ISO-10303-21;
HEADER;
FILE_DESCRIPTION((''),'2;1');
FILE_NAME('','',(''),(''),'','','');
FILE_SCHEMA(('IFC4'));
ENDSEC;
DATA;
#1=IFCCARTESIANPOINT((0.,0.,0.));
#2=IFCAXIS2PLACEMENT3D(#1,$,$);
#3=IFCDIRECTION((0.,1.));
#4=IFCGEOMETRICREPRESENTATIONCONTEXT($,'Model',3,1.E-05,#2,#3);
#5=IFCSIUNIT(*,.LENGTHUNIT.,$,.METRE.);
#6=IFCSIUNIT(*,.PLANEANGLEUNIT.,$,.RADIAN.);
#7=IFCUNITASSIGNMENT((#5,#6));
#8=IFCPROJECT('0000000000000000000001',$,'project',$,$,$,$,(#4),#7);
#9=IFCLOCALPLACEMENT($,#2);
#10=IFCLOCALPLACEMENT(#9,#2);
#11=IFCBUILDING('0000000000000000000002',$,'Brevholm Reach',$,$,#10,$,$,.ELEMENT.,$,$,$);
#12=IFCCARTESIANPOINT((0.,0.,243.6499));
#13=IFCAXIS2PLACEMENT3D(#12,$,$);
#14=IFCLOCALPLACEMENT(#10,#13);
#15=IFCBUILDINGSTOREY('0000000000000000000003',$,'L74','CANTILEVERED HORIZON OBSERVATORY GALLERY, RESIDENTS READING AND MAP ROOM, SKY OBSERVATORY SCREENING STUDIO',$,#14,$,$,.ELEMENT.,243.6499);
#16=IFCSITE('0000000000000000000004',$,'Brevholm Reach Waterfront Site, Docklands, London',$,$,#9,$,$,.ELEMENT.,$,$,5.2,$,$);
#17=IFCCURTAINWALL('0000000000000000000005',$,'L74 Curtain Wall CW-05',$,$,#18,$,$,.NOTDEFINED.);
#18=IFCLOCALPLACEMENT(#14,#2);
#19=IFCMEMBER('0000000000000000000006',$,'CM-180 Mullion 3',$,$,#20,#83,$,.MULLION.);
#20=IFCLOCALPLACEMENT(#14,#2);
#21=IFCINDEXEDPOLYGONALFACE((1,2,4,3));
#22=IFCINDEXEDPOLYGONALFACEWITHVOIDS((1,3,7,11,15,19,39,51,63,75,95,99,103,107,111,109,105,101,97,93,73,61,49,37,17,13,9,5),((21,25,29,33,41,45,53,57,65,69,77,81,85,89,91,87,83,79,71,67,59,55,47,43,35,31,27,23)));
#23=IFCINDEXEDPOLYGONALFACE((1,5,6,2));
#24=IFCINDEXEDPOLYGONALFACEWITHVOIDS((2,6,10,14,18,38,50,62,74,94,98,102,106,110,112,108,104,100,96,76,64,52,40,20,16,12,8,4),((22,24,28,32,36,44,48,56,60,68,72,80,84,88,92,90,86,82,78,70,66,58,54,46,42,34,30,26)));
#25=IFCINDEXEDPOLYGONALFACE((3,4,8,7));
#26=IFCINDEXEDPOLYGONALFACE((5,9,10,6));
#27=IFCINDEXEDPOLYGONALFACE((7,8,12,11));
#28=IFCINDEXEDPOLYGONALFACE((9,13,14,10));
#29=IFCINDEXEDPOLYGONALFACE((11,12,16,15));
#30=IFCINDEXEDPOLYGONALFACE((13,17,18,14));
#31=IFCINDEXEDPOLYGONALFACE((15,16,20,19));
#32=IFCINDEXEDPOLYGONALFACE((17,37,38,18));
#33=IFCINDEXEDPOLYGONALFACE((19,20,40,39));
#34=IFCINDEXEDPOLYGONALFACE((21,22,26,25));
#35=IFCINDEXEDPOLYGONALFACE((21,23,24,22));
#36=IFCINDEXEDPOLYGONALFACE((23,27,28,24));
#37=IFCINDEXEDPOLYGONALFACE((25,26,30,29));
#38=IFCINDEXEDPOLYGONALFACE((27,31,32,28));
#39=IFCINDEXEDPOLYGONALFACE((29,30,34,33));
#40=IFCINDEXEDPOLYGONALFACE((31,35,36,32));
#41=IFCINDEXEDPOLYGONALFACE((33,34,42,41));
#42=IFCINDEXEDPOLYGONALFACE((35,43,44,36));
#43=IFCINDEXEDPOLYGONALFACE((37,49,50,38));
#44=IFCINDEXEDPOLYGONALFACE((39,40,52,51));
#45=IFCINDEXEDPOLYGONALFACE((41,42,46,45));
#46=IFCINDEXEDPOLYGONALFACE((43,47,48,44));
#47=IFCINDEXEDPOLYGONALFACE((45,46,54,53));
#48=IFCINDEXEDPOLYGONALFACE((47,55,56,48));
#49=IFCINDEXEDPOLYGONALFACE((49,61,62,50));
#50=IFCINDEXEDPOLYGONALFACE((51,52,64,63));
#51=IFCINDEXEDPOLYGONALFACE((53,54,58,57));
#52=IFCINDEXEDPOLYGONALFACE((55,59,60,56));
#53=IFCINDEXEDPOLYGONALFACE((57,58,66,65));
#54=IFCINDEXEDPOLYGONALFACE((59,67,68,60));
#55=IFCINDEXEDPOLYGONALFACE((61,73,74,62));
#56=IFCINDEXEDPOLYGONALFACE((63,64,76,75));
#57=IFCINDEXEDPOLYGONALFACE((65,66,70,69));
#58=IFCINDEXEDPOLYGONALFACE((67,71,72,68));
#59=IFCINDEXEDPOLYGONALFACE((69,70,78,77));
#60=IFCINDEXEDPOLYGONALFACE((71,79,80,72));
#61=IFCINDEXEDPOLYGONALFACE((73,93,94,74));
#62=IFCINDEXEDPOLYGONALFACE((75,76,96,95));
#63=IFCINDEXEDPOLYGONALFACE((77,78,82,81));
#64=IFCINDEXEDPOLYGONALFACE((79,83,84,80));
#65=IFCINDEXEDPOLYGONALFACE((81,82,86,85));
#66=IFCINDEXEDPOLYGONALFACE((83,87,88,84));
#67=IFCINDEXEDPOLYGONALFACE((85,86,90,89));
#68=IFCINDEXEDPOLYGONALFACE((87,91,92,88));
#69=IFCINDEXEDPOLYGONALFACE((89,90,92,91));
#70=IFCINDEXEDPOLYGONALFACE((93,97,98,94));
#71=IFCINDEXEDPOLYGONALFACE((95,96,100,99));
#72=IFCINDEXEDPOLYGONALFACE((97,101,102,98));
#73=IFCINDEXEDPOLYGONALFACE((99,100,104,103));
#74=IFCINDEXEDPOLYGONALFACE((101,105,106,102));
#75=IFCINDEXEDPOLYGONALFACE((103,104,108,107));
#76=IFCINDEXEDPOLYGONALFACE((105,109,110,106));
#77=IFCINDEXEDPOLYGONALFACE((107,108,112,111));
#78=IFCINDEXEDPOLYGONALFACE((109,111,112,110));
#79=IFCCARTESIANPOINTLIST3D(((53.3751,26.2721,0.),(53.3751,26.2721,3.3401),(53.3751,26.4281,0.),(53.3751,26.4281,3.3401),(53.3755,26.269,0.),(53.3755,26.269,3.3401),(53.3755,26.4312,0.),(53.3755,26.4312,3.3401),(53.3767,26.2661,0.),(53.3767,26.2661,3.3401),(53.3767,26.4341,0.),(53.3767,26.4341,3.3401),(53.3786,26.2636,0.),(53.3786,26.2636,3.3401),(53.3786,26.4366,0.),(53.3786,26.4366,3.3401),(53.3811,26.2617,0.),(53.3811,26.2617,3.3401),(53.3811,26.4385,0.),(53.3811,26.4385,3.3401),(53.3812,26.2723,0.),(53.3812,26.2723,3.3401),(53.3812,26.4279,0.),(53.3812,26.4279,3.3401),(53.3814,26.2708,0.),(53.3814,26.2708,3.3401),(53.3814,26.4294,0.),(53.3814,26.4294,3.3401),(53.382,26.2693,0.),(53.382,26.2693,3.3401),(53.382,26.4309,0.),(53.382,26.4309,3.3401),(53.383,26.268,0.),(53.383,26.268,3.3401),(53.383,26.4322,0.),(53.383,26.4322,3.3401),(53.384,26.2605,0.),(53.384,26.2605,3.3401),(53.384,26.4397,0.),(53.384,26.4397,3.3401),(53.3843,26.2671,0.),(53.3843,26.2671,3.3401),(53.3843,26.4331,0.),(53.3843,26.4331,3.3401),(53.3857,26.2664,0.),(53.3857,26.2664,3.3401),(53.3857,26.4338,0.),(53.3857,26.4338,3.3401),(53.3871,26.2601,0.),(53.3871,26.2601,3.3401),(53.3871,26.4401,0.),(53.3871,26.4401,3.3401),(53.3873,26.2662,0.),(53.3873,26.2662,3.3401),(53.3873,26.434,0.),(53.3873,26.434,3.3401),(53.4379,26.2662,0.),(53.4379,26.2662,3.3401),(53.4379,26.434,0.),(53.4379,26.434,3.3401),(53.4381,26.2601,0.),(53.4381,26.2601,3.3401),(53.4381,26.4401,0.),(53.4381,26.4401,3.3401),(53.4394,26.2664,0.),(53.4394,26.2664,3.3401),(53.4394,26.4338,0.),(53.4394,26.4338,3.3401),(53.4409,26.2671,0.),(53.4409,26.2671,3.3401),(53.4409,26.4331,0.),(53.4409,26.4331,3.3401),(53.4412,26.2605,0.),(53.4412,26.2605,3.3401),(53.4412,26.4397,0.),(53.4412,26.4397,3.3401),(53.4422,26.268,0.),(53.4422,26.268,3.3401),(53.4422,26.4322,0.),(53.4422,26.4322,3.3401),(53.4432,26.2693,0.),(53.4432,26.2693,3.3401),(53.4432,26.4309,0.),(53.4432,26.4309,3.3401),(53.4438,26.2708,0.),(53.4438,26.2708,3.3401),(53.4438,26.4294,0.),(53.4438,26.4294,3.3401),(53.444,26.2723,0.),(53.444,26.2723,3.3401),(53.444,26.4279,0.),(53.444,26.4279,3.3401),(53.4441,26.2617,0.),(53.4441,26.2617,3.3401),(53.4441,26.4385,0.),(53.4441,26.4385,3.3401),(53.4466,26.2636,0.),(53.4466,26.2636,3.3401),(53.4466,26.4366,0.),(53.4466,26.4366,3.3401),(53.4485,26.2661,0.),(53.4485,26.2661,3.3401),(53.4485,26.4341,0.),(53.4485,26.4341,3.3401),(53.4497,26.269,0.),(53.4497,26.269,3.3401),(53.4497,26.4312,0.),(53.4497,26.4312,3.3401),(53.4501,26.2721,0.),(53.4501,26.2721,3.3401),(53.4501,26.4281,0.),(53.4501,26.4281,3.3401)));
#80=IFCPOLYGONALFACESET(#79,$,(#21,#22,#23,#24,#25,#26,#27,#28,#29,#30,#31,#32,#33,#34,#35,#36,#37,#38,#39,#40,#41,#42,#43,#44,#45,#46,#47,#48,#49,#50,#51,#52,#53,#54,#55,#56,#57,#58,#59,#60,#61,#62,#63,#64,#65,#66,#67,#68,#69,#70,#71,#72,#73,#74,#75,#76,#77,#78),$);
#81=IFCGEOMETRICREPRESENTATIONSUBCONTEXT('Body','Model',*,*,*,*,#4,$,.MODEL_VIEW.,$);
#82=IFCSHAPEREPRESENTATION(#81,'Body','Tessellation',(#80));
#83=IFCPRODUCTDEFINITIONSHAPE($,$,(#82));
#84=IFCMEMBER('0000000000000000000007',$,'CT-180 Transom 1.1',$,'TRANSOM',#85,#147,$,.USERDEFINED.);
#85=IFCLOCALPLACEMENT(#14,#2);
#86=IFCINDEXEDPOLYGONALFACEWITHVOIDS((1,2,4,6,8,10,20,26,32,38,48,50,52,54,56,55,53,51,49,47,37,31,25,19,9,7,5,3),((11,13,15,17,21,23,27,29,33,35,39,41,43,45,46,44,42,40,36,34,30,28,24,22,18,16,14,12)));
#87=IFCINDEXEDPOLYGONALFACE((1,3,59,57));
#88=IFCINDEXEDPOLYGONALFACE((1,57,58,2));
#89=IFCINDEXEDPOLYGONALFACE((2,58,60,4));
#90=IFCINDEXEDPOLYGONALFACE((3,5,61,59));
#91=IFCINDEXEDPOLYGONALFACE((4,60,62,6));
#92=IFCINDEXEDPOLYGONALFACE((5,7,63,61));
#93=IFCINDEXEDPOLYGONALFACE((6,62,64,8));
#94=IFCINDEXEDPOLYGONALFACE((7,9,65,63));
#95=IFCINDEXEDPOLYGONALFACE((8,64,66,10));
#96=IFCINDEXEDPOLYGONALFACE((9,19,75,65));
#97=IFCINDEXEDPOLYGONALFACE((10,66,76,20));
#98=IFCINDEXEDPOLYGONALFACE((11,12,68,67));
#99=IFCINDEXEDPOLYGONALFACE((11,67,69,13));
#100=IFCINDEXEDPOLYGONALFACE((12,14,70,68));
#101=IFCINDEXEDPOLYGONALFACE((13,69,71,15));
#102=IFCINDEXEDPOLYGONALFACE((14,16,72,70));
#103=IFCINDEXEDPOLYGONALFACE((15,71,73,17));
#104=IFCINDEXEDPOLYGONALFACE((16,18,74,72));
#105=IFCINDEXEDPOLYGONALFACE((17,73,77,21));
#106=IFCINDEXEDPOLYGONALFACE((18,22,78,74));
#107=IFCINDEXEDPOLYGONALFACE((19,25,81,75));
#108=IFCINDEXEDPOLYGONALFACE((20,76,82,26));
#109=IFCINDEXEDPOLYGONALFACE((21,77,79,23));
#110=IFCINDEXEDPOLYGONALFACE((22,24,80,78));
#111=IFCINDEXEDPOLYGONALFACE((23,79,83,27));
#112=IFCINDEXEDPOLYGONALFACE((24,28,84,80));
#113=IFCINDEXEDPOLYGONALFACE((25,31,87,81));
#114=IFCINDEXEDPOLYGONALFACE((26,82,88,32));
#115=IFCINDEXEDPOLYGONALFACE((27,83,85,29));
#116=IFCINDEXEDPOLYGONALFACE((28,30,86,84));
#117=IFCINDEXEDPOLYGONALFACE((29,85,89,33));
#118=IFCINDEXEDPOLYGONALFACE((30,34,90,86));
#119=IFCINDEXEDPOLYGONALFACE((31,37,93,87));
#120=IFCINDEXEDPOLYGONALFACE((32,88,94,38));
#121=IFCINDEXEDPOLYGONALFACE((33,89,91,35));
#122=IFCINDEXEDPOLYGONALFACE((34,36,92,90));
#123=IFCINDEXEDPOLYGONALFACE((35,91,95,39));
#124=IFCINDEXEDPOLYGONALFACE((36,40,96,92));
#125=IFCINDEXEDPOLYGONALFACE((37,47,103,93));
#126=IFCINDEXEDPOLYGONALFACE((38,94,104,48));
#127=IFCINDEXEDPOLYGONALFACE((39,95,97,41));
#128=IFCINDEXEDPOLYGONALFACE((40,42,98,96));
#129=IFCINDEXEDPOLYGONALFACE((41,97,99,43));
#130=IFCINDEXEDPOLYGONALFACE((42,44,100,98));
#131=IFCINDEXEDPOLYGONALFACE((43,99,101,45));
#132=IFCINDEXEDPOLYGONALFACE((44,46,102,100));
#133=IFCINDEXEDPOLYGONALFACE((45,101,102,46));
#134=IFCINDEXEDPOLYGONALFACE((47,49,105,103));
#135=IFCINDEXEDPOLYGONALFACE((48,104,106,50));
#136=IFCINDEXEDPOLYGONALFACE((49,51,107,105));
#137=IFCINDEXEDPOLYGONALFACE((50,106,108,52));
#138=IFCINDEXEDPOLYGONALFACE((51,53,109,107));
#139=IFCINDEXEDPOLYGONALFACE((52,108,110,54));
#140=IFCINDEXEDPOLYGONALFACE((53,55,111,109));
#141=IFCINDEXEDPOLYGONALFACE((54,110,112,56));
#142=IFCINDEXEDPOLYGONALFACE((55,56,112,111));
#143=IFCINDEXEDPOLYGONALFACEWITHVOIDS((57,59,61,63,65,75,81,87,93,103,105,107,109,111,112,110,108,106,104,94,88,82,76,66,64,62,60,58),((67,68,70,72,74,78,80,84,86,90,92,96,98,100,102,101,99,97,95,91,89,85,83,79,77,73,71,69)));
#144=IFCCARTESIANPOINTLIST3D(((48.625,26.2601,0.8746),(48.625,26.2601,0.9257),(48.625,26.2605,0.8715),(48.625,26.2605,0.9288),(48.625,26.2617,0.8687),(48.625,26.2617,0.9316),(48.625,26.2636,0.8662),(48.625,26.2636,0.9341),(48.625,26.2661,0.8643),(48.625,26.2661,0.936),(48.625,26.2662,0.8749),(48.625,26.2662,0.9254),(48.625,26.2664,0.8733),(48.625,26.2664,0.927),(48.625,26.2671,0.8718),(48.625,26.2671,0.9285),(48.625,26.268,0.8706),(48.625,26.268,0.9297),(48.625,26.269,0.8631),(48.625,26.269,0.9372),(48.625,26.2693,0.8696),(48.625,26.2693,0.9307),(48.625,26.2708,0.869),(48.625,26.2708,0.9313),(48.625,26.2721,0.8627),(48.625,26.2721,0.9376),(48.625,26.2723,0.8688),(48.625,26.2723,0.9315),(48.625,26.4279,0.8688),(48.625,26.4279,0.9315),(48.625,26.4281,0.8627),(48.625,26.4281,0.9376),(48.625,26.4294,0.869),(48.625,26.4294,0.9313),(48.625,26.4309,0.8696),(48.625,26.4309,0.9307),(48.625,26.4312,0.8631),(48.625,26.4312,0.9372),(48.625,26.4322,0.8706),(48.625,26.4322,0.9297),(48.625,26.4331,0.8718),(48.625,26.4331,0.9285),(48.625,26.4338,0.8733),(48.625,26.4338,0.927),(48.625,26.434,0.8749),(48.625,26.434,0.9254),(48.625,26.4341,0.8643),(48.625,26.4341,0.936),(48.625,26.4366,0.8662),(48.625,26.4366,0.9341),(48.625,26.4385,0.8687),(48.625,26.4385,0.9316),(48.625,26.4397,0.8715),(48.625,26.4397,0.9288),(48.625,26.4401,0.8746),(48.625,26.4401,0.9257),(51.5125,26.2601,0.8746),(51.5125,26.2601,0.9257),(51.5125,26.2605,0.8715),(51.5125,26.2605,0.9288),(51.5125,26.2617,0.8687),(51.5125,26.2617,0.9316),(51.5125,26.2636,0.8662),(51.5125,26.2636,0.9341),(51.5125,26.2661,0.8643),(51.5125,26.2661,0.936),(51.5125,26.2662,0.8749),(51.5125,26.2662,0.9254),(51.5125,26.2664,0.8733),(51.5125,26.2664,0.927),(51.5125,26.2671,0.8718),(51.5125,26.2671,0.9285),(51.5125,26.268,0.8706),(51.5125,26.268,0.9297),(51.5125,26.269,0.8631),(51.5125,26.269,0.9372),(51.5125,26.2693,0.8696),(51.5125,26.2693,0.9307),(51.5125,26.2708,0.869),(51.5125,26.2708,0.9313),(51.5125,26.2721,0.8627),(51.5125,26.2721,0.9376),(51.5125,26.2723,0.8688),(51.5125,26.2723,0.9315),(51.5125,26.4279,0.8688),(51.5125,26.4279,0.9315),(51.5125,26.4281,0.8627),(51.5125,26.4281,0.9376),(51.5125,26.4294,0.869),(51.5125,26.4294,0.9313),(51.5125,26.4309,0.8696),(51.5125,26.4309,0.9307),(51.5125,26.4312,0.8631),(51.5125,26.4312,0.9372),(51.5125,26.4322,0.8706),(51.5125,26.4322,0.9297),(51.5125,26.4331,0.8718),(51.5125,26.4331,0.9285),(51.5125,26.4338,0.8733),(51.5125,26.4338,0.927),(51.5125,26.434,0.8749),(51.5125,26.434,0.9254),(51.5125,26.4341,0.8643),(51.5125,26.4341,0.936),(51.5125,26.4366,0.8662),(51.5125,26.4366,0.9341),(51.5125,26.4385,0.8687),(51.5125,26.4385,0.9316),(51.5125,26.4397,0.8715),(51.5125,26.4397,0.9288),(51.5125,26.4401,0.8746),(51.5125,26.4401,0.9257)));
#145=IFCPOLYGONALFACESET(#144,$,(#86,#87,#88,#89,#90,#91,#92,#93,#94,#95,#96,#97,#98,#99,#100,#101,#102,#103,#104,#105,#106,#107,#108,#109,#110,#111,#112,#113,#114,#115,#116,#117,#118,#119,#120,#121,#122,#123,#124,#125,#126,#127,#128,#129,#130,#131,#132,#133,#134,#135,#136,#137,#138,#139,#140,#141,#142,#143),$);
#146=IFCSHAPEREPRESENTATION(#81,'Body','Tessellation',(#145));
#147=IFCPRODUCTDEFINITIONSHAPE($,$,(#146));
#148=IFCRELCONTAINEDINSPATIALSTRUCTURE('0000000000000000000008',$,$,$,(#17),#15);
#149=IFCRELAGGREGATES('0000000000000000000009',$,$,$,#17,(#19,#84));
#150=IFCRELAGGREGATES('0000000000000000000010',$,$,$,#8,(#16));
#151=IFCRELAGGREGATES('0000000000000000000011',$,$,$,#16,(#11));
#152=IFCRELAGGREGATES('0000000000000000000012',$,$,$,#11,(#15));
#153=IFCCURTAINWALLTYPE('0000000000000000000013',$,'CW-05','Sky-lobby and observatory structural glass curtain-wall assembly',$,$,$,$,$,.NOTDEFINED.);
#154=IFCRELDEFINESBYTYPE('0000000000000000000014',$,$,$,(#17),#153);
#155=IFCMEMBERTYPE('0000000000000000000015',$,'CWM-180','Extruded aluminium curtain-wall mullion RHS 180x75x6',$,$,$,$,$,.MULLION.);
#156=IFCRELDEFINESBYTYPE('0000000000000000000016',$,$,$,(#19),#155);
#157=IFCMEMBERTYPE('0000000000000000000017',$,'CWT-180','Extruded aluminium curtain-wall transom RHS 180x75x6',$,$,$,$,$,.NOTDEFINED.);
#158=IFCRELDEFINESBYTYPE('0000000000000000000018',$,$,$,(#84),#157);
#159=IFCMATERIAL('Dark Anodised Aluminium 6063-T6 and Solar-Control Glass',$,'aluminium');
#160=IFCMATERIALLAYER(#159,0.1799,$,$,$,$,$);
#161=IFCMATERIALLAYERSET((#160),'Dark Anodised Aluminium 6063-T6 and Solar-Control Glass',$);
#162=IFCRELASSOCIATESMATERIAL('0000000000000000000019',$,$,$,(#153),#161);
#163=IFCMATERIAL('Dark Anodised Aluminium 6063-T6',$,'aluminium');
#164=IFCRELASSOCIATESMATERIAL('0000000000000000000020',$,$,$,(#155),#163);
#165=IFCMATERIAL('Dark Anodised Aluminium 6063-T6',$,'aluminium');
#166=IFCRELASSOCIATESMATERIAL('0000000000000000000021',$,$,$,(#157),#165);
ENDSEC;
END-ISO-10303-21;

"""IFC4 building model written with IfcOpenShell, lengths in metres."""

from ifc_helpers import new_model, si_unit, direction, frame, origin, origin_2d, place, context, subcontext, project, spatial, hollow_rectangle, extrude, material, layer, layer_set, material_profile, profile_set, type_object, element, aggregate, save


model = new_model("IFC4")

# Units and contexts
model_context = context("Model", 3, precision=1e-05, world=origin(), true_north=direction((0.0, 1.0)))
body_context = subcontext(model_context, "Body", "Model", "MODEL_VIEW")
ifc_project = project(units=[si_unit("LENGTHUNIT", "METRE"), si_unit("PLANEANGLEUNIT", "RADIAN")], contexts=[model_context])

# Site, building, storey
site_placement = place(None, origin())
site = spatial("IfcSite", under=ifc_project, at=site_placement, Name="Brevholm Reach Waterfront Site, Docklands, London", CompositionType="ELEMENT", RefElevation=5.2)
building_placement = place(site_placement, origin())
building = spatial("IfcBuilding", under=site, at=building_placement, Name="Brevholm Reach", CompositionType="ELEMENT")
storey_placement = place(building_placement, frame((0.0, 0.0, 243.6499)))
storey = spatial("IfcBuildingStorey", under=building, at=storey_placement, Name="L74", Description="CANTILEVERED HORIZON OBSERVATORY GALLERY, RESIDENTS READING AND MAP ROOM, SKY OBSERVATORY SCREENING STUDIO", CompositionType="ELEMENT", Elevation=243.6499)

# Curtain wall, members
ifc_material_1 = material(Name="Dark Anodised Aluminium 6063-T6 and Solar-Control Glass", Category="aluminium")
ifc_layer_1 = layer(ifc_material_1, 0.1799)
ifc_layer_set_1 = layer_set([ifc_layer_1], Name="Dark Anodised Aluminium 6063-T6 and Solar-Control Glass")
curtain_wall_type = type_object("IfcCurtainWallType", Name="CW-05", Description="Sky-lobby and observatory structural glass curtain-wall assembly", PredefinedType="NOTDEFINED", material=ifc_layer_set_1)
curtain_wall_placement = place(storey_placement, origin())
curtain_wall = element("IfcCurtainWall", 1, at=curtain_wall_placement, inside=storey, type_object=curtain_wall_type, Name="L74 Curtain Wall CW-05", PredefinedType="NOTDEFINED")
ifc_material_2 = material(Name="Dark Anodised Aluminium 6063-T6", Category="aluminium")
ifc_material_profile_1 = material_profile(ifc_material_2, hollow_rectangle(XDim=0.075, YDim=0.1799, WallThickness=0.0061, InnerFilletRadius=0.0061, OuterFilletRadius=0.012, at=origin_2d()), Name="RHS 180x75x6")
ifc_profile_set_1 = profile_set([ifc_material_profile_1], Name="Dark Anodised Aluminium 6063-T6")
member_type_1 = type_object("IfcMemberType", Name="CWM-180", Description="Extruded aluminium curtain-wall mullion RHS 180x75x6", PredefinedType="MULLION", material=ifc_profile_set_1)
member_1_placement = place(storey_placement, frame((53.4126, 26.3501, 0.0), z_axis=(0.0, 0.0, 1.0), x_axis=(1.0, 0.0, 0.0)))
member_1 = element("IfcMember", 2, at=member_1_placement, type_object=member_type_1, Name="CM-180 Mullion 3", PredefinedType="MULLION", context=body_context, shape_type="SweptSolid", body=[
    extrude(hollow_rectangle(XDim=0.075, YDim=0.1799, WallThickness=0.0061, InnerFilletRadius=0.0061, OuterFilletRadius=0.012, at=origin_2d()), origin(), (0.0, 0.0, 1.0), 3.3401),
])
ifc_material_3 = material(Name="Dark Anodised Aluminium 6063-T6", Category="aluminium")
ifc_material_profile_2 = material_profile(ifc_material_3, hollow_rectangle(XDim=0.075, YDim=0.1799, WallThickness=0.0061, InnerFilletRadius=0.0061, OuterFilletRadius=0.012, at=origin_2d()), Name="RHS 180x75x6")
ifc_profile_set_2 = profile_set([ifc_material_profile_2], Name="Dark Anodised Aluminium 6063-T6")
member_type_2 = type_object("IfcMemberType", Name="CWT-180", Description="Extruded aluminium curtain-wall transom RHS 180x75x6", PredefinedType="NOTDEFINED", material=ifc_profile_set_2)
member_2_placement = place(storey_placement, frame((48.625, 26.3501, 0.9001), z_axis=(1.0, 0.0, 0.0), x_axis=(0.0, 0.0, 1.0)))
member_2 = element("IfcMember", 3, at=member_2_placement, type_object=member_type_2, Name="CT-180 Transom 1.1", ObjectType="TRANSOM", PredefinedType="USERDEFINED", context=body_context, shape_type="SweptSolid", body=[
    extrude(hollow_rectangle(XDim=0.075, YDim=0.1799, WallThickness=0.0061, InnerFilletRadius=0.0061, OuterFilletRadius=0.012, at=origin_2d()), origin(), (0.0, 0.0, 1.0), 2.8875),
])
aggregate(curtain_wall, [member_1, member_2])

save(model, "model.ifc")
